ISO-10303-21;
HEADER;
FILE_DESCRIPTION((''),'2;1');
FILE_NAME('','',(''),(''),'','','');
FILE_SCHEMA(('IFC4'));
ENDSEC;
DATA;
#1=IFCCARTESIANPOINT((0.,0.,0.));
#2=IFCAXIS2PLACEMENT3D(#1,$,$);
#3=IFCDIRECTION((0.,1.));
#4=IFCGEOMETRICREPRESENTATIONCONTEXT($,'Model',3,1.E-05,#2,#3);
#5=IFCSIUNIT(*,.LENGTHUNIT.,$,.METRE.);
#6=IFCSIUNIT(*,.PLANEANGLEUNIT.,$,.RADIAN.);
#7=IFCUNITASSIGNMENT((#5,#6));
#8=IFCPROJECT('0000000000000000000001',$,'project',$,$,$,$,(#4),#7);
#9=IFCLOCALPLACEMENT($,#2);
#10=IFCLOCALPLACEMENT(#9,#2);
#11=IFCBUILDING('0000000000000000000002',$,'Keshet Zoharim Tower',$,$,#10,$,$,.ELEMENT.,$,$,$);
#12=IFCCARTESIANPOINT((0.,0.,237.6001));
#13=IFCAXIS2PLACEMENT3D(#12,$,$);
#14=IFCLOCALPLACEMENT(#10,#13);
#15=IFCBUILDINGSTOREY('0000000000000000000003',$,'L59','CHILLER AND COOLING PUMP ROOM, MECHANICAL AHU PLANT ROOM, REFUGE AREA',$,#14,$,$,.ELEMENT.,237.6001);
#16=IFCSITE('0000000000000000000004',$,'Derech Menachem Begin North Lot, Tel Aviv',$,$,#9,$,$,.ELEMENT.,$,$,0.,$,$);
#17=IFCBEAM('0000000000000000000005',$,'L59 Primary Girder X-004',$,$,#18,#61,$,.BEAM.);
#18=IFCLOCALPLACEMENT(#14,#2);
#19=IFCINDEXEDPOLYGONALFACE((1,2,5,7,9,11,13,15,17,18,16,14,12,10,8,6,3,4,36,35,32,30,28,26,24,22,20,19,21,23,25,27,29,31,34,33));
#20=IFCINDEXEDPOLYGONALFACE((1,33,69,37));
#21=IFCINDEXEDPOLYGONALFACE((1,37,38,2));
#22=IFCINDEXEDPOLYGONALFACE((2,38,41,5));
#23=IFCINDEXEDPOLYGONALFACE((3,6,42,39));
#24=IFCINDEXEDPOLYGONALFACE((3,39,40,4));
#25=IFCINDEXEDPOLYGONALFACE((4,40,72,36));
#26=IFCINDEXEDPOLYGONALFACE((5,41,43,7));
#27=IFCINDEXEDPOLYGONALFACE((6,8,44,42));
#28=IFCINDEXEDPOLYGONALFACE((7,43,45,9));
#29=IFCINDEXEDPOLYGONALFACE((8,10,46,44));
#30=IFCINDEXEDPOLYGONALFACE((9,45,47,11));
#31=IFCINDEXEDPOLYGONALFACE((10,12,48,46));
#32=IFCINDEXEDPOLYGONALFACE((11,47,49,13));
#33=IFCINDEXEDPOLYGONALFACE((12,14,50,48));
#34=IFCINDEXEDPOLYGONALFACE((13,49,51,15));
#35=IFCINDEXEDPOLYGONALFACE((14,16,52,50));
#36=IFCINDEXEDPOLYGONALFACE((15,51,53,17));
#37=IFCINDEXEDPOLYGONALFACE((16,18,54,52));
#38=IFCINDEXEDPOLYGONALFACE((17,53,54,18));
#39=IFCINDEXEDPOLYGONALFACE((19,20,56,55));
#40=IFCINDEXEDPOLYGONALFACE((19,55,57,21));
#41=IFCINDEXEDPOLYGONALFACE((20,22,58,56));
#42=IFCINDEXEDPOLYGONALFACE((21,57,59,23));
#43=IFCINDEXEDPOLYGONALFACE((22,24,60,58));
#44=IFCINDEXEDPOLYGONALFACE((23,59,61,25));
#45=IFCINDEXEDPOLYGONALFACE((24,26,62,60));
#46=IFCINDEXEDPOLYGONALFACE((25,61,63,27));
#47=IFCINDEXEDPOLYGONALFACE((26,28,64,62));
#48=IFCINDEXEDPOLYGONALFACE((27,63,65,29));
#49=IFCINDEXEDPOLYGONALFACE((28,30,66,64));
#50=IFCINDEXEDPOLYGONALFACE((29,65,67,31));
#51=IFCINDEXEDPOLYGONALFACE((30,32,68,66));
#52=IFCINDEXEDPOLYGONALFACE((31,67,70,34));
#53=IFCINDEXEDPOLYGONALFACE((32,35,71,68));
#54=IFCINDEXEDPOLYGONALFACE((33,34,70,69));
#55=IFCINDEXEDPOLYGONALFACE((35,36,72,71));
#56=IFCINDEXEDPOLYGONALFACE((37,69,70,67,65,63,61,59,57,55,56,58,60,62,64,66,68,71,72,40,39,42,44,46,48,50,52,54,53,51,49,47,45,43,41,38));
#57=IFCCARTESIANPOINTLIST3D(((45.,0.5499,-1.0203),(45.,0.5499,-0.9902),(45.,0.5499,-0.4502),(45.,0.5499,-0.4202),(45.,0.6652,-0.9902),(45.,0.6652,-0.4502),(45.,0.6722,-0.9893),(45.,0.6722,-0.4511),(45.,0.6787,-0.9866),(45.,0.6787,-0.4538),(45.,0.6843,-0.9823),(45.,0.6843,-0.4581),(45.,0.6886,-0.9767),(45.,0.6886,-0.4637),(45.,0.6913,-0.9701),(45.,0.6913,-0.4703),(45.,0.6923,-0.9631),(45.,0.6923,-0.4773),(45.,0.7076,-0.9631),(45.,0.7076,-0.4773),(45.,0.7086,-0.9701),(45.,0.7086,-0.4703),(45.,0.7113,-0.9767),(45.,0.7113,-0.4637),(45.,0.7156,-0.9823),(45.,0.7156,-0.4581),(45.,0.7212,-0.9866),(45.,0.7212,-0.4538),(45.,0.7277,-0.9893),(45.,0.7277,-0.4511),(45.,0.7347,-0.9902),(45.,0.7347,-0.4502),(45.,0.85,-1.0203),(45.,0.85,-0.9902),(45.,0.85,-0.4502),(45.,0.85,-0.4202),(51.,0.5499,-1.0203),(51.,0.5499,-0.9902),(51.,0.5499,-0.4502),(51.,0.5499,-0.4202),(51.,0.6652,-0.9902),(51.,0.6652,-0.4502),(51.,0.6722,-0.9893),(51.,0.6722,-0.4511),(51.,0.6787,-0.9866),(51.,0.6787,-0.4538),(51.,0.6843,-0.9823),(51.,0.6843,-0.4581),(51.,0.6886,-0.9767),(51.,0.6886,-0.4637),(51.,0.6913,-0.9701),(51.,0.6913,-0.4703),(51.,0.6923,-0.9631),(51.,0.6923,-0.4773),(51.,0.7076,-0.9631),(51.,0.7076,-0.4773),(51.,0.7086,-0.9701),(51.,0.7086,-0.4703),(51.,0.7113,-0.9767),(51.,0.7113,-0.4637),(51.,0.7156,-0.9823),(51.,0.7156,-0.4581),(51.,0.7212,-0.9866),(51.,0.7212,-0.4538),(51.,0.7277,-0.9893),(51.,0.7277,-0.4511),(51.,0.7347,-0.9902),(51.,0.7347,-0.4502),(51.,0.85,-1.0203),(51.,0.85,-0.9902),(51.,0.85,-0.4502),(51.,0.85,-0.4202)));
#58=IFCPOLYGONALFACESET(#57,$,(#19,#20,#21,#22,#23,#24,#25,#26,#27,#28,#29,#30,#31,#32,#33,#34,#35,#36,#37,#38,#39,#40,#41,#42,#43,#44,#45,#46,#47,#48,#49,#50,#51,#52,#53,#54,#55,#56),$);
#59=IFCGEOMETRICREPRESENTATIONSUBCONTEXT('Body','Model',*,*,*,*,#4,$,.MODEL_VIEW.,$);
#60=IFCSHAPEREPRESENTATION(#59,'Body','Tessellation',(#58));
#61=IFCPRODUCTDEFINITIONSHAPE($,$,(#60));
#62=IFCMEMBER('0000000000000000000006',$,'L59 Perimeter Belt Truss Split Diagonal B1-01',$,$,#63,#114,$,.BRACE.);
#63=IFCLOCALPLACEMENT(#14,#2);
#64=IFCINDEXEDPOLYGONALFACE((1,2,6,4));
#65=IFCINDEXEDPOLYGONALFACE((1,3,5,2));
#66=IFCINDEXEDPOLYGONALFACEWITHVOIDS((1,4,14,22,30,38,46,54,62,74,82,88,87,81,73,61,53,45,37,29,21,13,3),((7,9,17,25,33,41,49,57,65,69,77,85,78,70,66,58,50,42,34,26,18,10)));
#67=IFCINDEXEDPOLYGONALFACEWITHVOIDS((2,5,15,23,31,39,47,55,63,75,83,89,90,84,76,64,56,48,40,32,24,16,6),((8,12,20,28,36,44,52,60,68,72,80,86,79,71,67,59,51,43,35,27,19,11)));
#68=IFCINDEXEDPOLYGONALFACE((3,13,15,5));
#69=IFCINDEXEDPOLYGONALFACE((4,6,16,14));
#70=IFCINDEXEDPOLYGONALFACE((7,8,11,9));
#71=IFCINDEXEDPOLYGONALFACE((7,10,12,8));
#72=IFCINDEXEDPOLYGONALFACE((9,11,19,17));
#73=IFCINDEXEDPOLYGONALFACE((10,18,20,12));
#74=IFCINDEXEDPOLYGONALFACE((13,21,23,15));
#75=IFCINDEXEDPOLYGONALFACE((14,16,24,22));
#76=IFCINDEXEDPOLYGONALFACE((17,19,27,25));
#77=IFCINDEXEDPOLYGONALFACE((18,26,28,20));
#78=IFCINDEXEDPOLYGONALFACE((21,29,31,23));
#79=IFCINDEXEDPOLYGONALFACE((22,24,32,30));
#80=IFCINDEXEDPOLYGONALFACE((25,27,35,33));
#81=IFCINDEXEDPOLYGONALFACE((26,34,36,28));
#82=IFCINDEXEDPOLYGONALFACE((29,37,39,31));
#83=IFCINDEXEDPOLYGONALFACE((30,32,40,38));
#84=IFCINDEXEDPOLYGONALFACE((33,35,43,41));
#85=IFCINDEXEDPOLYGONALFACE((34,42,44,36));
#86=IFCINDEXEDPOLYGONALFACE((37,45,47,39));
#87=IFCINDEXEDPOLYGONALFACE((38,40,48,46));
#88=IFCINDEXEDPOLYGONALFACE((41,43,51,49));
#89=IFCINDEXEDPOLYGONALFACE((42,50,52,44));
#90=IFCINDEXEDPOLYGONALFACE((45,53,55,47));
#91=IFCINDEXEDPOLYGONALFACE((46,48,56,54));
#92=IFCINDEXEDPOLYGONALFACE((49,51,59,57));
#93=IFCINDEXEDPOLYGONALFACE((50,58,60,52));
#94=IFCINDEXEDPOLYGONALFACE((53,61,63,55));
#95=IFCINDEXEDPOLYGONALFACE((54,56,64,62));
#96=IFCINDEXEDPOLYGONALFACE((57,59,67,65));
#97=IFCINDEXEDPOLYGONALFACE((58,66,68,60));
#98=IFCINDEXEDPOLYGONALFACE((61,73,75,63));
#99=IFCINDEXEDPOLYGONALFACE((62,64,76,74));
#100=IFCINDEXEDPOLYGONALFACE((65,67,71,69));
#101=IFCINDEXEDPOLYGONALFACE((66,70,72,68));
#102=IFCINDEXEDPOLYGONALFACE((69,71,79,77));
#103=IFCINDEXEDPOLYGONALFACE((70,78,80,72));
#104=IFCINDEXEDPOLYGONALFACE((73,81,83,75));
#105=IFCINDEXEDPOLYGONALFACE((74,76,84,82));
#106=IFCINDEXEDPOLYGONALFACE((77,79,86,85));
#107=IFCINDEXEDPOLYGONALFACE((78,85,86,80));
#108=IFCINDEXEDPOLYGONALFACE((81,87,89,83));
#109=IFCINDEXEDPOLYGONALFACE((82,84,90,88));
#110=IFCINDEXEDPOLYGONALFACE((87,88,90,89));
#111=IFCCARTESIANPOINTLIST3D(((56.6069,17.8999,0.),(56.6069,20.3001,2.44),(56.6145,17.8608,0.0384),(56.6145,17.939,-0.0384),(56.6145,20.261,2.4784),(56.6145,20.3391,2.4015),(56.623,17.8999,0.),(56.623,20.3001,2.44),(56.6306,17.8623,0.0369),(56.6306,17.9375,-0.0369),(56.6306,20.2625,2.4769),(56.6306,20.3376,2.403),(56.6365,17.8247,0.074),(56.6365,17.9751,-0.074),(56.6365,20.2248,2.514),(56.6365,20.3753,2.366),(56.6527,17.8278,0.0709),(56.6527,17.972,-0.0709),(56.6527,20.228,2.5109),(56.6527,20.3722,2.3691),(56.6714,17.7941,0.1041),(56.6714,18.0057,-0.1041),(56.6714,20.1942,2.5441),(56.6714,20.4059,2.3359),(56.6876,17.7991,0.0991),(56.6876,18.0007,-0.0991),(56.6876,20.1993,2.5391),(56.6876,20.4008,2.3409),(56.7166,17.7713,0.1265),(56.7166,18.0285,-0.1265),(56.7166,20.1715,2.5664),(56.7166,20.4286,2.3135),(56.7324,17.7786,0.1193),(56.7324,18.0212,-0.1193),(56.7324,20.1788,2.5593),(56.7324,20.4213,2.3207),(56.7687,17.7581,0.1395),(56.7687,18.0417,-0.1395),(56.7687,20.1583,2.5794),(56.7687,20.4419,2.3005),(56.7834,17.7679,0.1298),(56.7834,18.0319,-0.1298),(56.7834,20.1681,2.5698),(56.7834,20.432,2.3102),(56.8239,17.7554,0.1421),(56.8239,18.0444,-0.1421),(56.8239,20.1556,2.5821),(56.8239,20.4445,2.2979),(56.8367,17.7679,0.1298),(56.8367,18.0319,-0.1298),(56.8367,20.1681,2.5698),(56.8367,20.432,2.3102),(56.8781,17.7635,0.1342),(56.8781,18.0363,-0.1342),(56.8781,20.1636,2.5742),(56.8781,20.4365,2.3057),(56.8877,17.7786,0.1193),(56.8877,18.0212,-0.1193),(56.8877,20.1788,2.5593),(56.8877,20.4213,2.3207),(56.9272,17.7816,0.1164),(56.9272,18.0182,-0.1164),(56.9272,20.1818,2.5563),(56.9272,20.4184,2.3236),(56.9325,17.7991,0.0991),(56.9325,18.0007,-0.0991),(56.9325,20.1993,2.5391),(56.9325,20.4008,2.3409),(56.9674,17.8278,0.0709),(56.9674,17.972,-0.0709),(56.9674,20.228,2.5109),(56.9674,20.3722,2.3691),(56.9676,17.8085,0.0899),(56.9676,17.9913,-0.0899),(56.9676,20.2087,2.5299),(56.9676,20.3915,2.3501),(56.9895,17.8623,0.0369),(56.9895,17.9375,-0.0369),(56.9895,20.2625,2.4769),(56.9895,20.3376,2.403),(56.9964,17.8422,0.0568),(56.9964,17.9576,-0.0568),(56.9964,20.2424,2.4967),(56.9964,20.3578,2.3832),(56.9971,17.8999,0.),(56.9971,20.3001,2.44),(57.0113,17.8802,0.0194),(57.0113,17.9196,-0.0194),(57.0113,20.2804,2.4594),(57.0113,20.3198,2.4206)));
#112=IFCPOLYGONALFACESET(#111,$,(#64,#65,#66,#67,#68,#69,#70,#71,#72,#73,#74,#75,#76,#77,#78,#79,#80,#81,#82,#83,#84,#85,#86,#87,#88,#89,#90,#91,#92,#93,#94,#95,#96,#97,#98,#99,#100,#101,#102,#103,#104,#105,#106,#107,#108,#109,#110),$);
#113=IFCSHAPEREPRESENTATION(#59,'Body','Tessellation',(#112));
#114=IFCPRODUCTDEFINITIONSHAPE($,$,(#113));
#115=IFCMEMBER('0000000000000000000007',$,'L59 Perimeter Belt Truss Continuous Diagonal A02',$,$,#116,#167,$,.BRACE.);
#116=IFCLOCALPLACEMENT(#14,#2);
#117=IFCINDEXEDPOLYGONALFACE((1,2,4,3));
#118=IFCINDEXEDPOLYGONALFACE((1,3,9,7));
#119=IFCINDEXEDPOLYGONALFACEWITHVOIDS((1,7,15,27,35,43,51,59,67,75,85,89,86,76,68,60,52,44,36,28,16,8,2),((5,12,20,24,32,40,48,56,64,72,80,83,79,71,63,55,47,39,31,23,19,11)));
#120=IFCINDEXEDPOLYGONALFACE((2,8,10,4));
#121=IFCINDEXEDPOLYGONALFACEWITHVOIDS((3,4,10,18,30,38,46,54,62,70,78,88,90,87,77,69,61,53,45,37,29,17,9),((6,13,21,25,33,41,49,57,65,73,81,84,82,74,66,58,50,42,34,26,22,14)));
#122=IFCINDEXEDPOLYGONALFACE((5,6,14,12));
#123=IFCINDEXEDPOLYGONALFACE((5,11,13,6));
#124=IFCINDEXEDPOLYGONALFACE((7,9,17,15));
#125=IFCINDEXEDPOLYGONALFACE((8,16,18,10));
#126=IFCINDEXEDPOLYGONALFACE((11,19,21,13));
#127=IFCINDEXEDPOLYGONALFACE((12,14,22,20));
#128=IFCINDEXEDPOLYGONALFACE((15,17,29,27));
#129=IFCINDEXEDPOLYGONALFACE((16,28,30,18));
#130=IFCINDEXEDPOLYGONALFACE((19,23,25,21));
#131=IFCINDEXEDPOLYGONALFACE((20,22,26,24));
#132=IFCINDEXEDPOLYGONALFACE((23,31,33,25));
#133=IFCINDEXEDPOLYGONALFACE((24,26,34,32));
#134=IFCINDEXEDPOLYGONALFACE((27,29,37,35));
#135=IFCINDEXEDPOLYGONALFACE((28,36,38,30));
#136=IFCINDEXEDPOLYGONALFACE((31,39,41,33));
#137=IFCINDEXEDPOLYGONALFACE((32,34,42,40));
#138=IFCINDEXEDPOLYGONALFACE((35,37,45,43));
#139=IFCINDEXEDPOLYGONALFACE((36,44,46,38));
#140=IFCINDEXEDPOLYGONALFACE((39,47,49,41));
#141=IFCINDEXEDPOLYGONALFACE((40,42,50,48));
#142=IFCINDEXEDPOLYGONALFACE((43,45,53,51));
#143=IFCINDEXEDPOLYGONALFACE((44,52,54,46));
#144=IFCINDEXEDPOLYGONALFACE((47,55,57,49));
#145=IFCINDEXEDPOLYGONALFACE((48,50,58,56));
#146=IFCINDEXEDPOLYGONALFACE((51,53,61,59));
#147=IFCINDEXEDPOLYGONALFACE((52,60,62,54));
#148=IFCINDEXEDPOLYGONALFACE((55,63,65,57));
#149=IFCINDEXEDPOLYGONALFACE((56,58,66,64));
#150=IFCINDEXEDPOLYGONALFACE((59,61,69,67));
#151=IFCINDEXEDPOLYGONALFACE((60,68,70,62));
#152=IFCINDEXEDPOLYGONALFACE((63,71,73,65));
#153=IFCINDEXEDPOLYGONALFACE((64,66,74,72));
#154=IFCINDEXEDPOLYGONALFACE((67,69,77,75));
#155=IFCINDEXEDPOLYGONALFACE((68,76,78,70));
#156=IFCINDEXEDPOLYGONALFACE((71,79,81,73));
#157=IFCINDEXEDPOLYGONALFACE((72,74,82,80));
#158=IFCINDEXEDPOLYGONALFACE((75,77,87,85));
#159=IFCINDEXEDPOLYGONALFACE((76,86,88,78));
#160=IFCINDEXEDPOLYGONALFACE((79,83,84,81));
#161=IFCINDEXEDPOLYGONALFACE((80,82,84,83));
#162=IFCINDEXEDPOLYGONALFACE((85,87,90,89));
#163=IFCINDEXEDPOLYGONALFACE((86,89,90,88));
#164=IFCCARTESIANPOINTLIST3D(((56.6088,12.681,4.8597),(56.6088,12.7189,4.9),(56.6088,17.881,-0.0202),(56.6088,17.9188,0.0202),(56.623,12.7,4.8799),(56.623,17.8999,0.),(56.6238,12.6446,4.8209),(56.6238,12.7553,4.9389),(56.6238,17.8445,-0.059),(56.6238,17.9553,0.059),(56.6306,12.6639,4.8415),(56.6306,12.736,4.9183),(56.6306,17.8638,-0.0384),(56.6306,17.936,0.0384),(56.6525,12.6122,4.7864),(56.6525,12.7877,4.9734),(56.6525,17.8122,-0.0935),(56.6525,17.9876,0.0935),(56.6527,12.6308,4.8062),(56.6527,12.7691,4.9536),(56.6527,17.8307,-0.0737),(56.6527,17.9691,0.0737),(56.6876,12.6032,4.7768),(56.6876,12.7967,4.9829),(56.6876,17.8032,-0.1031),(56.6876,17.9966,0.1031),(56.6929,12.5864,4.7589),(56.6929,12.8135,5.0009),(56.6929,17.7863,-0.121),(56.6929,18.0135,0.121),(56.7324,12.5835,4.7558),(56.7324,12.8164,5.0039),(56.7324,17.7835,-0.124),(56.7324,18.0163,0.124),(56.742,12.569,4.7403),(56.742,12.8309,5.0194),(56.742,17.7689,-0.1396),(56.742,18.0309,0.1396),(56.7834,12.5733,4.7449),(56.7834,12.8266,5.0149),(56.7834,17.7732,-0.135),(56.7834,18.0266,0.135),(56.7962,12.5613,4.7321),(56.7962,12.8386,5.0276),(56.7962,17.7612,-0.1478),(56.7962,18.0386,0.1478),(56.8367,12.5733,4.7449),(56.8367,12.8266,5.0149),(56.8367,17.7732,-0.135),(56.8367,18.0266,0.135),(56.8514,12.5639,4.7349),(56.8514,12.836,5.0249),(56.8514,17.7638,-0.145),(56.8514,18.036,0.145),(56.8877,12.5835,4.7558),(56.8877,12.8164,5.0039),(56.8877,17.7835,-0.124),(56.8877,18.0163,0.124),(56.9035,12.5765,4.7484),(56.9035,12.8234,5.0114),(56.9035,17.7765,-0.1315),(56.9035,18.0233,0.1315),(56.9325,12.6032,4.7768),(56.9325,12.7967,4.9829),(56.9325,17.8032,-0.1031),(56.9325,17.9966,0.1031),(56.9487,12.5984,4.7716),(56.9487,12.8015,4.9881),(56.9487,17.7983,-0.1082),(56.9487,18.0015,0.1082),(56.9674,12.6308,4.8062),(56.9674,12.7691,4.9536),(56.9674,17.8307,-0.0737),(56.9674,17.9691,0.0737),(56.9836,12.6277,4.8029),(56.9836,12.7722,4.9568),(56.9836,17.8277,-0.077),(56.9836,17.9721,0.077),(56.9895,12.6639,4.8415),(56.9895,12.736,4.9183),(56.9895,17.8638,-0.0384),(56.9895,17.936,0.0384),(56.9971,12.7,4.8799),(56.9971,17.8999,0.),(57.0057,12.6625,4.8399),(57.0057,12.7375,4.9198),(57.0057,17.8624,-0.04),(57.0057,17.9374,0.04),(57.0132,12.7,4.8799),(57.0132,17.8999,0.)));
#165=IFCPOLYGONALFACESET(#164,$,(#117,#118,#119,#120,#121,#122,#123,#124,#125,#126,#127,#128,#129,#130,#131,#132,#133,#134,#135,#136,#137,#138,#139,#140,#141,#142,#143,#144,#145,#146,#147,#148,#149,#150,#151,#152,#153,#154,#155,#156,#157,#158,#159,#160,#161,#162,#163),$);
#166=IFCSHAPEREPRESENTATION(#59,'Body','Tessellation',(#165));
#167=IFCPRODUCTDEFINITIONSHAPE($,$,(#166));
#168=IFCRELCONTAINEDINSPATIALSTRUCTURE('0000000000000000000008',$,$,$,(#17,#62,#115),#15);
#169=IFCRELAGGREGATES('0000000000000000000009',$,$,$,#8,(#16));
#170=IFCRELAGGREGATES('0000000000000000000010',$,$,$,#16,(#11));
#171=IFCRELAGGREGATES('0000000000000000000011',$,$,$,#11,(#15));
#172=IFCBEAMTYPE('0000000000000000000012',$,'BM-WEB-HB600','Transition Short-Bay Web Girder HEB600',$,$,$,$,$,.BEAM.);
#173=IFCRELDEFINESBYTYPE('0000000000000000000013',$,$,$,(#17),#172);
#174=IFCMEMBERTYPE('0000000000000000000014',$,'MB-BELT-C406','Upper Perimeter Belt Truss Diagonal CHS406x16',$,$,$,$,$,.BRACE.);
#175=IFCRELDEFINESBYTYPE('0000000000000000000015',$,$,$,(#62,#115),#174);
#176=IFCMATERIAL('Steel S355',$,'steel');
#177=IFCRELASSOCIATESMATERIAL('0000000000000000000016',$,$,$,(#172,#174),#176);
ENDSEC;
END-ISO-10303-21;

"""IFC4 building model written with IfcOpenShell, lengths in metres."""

from ifc_helpers import new_model, si_unit, direction, frame, origin, origin_2d, place, context, subcontext, project, spatial, hollow_circle, i_section, extrude, material, material_profile, profile_set, type_object, element, save


model = new_model("IFC4")

# Units and contexts
model_context = context("Model", 3, precision=1e-05, world=origin(), true_north=direction((0.0, 1.0)))
body_context = subcontext(model_context, "Body", "Model", "MODEL_VIEW")
ifc_project = project(units=[si_unit("LENGTHUNIT", "METRE"), si_unit("PLANEANGLEUNIT", "RADIAN")], contexts=[model_context])

# Site, building, storey
site_placement = place(None, origin())
site = spatial("IfcSite", under=ifc_project, at=site_placement, Name="Derech Menachem Begin North Lot, Tel Aviv", CompositionType="ELEMENT", RefElevation=0.0)
building_placement = place(site_placement, origin())
building = spatial("IfcBuilding", under=site, at=building_placement, Name="Keshet Zoharim Tower", CompositionType="ELEMENT")
storey_placement = place(building_placement, frame((0.0, 0.0, 237.6001)))
storey = spatial("IfcBuildingStorey", under=building, at=storey_placement, Name="L59", Description="CHILLER AND COOLING PUMP ROOM, MECHANICAL AHU PLANT ROOM, REFUGE AREA", CompositionType="ELEMENT", Elevation=237.6001)

# Shared definitions
ifc_material_1 = material(Name="Steel S355", Category="steel")

# Beam
ifc_material_profile_1 = material_profile(ifc_material_1, i_section(OverallWidth=0.3, OverallDepth=0.6001, WebThickness=0.0154, FlangeThickness=0.03, FilletRadius=0.0271, at=origin_2d()), Name="HEB600")
ifc_profile_set_1 = profile_set([ifc_material_profile_1], Name="Steel S355")
beam_type_1 = type_object("IfcBeamType", Name="BM-WEB-HB600", Description="Transition Short-Bay Web Girder HEB600", PredefinedType="BEAM", material=ifc_profile_set_1)
beam_1_placement = place(storey_placement, frame((45.0, 0.7, -0.7202), z_axis=(1.0, 0.0, 0.0), x_axis=(0.0, 1.0, 0.0)))
element("IfcBeam", 1, at=beam_1_placement, inside=storey, type_object=beam_type_1, Name="L59 Primary Girder X-004", PredefinedType="BEAM", context=body_context, shape_type="SweptSolid", body=[
    extrude(i_section(OverallWidth=0.3, OverallDepth=0.6001, WebThickness=0.0154, FlangeThickness=0.03, FilletRadius=0.0271, at=origin_2d()), origin(), (0.0, 0.0, 1.0), 6.0),
])

# Members
ifc_material_profile_2 = material_profile(ifc_material_1, hollow_circle(Radius=0.2031, WallThickness=0.0161, at=origin_2d()), Name="CHS406x16")
ifc_profile_set_2 = profile_set([ifc_material_profile_2], Name="Steel S355")
member_type_1 = type_object("IfcMemberType", Name="MB-BELT-C406", Description="Upper Perimeter Belt Truss Diagonal CHS406x16", PredefinedType="BRACE", material=ifc_profile_set_2)
member_1_placement = place(storey_placement, frame((56.8101, 17.8999, 0.0), z_axis=(0.0, 0.701269, 0.712896), x_axis=(-1.0, 0.0, 0.0)))
element("IfcMember", 2, at=member_1_placement, inside=storey, type_object=member_type_1, Name="L59 Perimeter Belt Truss Split Diagonal B1-01", PredefinedType="BRACE", context=body_context, shape_type="SweptSolid", body=[
    extrude(hollow_circle(Radius=0.2031, WallThickness=0.0161, at=origin_2d()), origin(), (0.0, 0.0, 1.0), 3.4226),
])
member_2_placement = place(storey_placement, frame((56.8101, 17.8999, 0.0), z_axis=(0.0, -0.729192, 0.684309), x_axis=(1.0, 0.0, 0.0)))
element("IfcMember", 3, at=member_2_placement, inside=storey, type_object=member_type_1, Name="L59 Perimeter Belt Truss Continuous Diagonal A02", PredefinedType="BRACE", context=body_context, shape_type="SweptSolid", body=[
    extrude(hollow_circle(Radius=0.2031, WallThickness=0.0161, at=origin_2d()), origin(), (0.0, 0.0, 1.0), 7.1311),
])

save(model, "model.ifc")
